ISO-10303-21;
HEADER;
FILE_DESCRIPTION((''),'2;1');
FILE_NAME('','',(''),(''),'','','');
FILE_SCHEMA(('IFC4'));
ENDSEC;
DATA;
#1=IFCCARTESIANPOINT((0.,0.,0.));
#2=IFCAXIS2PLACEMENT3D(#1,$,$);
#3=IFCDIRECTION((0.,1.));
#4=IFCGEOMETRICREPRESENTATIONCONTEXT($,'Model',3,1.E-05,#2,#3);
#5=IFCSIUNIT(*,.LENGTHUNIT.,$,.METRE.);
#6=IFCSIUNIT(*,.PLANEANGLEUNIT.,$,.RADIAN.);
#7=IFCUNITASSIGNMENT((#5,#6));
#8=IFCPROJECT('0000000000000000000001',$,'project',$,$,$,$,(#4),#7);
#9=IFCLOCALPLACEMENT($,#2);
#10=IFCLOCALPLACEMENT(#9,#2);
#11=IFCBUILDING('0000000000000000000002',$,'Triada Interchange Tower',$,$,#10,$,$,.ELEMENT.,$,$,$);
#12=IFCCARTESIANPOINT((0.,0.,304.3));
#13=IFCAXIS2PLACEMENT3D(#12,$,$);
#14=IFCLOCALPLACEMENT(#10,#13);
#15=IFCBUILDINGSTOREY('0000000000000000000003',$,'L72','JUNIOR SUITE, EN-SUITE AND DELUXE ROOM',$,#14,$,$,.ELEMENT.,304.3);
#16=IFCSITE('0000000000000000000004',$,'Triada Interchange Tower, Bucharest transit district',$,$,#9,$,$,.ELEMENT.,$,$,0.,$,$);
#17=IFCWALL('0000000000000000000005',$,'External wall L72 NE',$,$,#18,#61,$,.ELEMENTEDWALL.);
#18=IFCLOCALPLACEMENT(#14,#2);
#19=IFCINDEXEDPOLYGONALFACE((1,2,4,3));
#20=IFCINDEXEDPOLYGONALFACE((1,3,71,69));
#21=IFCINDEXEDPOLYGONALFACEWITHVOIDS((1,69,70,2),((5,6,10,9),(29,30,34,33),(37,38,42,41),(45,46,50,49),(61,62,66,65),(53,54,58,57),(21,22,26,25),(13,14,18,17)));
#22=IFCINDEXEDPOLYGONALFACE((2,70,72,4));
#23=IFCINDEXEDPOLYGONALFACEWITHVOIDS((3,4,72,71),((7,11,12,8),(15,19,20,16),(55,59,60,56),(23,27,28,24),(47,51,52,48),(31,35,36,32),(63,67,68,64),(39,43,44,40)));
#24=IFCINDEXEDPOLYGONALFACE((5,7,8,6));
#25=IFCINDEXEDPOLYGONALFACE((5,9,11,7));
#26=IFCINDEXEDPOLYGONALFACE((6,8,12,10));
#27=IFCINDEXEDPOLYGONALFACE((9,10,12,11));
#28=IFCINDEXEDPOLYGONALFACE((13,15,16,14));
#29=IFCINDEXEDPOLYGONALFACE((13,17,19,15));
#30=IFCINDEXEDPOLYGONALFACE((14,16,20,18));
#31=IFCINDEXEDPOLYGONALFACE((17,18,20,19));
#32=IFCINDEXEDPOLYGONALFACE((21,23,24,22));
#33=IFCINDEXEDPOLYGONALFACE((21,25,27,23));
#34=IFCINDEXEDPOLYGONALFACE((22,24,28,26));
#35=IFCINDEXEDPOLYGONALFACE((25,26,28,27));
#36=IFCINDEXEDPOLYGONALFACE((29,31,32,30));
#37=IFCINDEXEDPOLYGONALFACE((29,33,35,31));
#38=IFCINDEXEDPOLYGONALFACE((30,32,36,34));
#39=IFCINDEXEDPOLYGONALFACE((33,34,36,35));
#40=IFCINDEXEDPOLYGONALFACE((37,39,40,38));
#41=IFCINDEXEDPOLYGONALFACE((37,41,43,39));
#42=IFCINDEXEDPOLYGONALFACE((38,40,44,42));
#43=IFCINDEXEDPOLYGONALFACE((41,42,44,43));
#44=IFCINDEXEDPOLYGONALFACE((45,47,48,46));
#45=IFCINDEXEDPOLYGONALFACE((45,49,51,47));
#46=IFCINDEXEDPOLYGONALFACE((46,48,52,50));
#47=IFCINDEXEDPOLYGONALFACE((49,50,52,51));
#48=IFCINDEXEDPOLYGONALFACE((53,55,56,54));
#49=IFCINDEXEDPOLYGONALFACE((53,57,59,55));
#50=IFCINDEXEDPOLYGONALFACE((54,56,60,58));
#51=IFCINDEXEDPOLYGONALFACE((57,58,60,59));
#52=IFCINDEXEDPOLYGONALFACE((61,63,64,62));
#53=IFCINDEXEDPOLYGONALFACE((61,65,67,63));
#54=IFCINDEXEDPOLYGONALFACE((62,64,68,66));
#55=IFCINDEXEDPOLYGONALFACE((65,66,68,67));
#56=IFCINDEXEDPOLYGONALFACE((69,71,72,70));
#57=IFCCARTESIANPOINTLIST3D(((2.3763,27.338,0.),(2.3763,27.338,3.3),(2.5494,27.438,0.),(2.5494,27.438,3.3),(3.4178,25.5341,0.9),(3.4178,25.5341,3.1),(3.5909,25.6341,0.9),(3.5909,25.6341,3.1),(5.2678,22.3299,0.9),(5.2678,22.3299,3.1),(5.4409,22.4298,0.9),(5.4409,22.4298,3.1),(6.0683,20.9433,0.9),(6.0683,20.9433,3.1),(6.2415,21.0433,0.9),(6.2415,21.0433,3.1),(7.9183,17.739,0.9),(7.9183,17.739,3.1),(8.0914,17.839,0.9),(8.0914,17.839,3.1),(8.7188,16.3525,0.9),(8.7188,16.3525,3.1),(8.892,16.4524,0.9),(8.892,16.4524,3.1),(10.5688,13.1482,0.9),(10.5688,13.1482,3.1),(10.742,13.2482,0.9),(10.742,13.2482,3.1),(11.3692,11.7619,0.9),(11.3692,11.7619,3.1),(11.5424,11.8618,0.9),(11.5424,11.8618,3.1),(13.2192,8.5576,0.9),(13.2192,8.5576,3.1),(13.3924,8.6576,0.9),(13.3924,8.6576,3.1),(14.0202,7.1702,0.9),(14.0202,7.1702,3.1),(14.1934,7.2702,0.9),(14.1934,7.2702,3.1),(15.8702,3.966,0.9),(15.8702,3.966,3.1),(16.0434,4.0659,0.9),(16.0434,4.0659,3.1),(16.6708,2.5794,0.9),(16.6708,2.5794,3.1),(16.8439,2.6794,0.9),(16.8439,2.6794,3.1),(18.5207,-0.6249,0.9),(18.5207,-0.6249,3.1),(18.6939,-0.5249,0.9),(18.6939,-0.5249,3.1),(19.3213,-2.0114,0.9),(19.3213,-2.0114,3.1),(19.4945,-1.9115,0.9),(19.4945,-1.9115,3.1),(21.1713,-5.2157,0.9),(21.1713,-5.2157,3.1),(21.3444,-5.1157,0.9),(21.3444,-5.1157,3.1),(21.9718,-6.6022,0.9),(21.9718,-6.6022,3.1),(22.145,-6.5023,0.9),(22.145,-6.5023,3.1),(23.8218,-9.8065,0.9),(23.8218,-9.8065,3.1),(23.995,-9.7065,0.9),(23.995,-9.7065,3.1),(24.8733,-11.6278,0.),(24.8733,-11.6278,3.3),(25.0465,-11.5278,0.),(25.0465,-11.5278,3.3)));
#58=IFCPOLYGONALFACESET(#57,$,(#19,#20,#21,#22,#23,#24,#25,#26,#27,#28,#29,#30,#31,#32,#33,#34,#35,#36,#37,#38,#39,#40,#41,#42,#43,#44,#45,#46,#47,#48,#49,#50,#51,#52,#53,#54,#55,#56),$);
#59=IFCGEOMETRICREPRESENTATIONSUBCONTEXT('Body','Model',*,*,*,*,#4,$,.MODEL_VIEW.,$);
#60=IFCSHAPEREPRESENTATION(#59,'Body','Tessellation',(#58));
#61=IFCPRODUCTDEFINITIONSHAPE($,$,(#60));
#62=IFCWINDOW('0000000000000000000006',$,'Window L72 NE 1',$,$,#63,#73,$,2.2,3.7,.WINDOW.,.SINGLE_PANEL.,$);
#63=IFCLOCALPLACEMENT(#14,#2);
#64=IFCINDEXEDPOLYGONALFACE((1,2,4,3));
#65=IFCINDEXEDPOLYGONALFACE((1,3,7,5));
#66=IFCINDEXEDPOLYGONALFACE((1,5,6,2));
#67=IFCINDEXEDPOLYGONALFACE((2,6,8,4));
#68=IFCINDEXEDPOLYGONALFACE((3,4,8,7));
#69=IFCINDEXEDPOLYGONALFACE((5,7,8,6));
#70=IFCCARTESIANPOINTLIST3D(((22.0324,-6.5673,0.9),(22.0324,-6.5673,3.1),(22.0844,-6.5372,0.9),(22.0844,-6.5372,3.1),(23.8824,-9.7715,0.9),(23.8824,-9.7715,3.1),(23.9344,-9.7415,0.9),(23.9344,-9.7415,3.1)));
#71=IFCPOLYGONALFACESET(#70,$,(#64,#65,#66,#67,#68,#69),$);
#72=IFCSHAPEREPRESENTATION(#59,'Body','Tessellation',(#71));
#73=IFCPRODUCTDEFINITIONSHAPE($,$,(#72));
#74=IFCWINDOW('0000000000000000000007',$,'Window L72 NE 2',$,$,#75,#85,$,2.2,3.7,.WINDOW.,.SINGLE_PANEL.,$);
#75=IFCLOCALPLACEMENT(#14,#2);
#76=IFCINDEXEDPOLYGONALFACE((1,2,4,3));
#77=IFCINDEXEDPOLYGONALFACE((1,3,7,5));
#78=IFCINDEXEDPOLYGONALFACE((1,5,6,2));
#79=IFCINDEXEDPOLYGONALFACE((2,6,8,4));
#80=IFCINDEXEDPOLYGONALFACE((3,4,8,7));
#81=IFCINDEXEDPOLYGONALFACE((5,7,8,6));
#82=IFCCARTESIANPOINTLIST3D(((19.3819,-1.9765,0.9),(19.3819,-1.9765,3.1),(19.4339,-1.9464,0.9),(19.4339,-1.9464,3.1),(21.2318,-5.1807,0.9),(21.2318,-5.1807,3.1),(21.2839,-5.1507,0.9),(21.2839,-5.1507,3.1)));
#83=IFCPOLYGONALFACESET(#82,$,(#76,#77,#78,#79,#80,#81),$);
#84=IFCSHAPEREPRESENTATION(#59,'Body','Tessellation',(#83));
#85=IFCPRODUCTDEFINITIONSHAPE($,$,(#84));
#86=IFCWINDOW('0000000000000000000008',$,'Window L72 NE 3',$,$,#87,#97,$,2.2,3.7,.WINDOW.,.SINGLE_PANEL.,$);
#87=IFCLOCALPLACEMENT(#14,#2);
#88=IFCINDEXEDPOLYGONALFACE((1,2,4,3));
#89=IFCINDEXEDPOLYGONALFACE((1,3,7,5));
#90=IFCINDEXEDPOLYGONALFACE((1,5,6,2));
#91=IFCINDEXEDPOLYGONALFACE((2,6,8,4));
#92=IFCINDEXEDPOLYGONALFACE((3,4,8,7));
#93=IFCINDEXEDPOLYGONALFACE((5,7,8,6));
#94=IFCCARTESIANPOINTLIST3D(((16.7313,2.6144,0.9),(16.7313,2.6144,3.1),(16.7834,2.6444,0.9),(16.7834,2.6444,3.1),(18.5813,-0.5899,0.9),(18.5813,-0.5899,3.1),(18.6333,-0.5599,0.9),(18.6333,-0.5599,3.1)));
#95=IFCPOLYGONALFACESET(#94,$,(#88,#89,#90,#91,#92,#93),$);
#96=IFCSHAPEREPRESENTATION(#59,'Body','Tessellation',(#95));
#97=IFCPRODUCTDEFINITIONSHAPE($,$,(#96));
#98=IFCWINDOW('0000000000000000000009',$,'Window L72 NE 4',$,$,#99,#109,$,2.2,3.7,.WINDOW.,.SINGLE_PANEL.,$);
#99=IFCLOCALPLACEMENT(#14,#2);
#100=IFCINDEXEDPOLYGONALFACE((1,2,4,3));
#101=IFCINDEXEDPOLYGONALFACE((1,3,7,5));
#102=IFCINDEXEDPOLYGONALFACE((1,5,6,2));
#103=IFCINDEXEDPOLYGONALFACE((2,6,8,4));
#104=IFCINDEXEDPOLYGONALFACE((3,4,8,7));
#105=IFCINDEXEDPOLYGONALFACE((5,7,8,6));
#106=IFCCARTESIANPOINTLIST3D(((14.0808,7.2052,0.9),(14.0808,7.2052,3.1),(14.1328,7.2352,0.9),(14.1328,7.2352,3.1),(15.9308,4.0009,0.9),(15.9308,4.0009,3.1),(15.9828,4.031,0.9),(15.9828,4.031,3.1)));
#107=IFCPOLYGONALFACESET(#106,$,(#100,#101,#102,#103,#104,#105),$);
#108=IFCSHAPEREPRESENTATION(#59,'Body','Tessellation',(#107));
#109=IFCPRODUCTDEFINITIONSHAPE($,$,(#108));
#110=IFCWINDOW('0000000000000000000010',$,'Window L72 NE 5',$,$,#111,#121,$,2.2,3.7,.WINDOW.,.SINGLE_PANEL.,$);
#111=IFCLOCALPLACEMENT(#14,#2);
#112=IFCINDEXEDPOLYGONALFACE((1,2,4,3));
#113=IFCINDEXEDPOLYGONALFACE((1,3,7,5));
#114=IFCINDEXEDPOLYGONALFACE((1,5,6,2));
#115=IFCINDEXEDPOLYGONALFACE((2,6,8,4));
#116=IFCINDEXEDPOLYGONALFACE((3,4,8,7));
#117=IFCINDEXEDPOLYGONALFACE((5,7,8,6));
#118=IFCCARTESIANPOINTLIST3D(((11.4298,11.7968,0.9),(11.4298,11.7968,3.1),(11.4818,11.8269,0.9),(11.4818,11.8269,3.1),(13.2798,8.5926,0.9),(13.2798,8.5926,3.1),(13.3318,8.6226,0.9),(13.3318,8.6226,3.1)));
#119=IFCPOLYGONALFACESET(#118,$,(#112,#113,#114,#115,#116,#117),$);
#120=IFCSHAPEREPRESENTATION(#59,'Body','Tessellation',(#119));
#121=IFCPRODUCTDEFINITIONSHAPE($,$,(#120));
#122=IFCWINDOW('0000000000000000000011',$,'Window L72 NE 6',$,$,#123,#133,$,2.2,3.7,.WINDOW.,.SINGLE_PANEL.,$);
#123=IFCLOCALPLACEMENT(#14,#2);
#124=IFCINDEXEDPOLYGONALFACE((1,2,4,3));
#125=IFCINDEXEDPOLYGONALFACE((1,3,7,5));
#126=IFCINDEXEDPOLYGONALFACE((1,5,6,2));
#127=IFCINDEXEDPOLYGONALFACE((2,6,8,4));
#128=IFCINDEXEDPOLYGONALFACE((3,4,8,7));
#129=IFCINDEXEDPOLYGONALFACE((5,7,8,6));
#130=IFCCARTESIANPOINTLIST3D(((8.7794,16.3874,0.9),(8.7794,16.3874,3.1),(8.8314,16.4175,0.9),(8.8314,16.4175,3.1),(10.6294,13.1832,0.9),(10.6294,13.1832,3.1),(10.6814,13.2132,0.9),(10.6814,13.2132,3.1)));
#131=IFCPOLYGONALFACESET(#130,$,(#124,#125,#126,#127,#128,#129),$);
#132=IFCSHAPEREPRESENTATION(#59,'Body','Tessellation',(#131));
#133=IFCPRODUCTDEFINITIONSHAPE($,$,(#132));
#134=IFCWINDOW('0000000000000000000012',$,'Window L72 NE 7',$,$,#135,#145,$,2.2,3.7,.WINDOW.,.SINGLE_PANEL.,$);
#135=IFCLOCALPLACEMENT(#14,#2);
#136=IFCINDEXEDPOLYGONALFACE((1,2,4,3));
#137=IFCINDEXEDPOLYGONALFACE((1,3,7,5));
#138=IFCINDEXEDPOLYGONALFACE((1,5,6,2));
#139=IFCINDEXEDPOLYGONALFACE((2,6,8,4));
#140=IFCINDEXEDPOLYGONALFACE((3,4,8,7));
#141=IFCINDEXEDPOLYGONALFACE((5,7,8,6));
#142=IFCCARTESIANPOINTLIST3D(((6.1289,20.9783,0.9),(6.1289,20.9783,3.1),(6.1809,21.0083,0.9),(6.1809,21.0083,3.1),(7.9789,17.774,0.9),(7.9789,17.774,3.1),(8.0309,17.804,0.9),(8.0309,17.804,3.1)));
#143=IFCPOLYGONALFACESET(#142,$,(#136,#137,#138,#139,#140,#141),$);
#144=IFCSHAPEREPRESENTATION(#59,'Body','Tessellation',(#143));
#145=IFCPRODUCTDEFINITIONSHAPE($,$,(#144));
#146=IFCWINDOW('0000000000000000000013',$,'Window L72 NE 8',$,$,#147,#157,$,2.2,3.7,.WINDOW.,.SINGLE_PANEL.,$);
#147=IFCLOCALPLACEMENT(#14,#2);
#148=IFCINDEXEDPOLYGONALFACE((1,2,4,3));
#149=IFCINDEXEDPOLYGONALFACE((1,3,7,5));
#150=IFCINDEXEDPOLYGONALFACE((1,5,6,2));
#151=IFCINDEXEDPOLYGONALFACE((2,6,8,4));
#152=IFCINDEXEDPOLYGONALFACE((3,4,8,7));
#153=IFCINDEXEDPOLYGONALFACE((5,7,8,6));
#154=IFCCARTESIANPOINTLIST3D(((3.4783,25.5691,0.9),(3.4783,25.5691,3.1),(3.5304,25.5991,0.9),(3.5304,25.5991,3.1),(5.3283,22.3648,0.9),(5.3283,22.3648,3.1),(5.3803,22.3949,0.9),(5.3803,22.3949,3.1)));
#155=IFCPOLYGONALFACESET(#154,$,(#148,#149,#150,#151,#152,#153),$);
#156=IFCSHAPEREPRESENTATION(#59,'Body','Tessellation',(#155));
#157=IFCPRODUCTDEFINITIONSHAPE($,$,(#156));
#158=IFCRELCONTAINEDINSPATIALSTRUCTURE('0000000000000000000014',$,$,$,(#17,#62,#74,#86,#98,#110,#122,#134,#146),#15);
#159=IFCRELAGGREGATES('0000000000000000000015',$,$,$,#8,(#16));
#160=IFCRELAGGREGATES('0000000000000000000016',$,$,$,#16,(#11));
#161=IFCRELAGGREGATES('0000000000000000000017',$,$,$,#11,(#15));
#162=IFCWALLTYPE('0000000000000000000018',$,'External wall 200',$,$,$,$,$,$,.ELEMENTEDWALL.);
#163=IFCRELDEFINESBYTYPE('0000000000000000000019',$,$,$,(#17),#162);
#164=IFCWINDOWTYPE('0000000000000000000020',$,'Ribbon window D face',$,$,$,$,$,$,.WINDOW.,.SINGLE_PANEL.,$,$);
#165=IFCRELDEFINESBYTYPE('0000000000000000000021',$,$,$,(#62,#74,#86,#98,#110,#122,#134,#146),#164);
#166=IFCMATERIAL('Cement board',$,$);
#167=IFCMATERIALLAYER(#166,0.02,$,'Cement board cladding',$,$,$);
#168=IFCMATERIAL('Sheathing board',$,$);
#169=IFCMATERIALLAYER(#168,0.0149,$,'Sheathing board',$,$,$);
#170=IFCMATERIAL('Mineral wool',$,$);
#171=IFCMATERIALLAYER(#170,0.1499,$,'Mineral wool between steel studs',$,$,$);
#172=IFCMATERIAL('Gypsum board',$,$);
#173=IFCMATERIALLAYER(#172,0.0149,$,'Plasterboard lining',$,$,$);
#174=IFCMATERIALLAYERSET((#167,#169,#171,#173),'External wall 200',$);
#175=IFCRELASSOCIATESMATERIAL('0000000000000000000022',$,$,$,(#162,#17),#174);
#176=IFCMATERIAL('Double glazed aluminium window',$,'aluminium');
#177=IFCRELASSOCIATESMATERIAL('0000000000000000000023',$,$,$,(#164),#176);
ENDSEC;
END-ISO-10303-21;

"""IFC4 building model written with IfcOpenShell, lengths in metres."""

from ifc_helpers import new_model, si_unit, direction, frame, frame_2d, origin, place, context, subcontext, project, spatial, rectangle, extrude, material, layer, layer_set, layer_usage, type_object, element, fill, save


model = new_model("IFC4")

# Units and contexts
model_context = context("Model", 3, precision=1e-05, world=origin(), true_north=direction((0.0, 1.0)))
body_context = subcontext(model_context, "Body", "Model", "MODEL_VIEW")
ifc_project = project(units=[si_unit("LENGTHUNIT", "METRE"), si_unit("PLANEANGLEUNIT", "RADIAN")], contexts=[model_context])

# Site, building, storey
site_placement = place(None, origin())
site = spatial("IfcSite", under=ifc_project, at=site_placement, Name="Triada Interchange Tower, Bucharest transit district", CompositionType="ELEMENT", RefElevation=0.0)
building_placement = place(site_placement, origin())
building = spatial("IfcBuilding", under=site, at=building_placement, Name="Triada Interchange Tower", CompositionType="ELEMENT")
storey_placement = place(building_placement, frame((0.0, 0.0, 304.3)))
storey = spatial("IfcBuildingStorey", under=building, at=storey_placement, Name="L72", Description="JUNIOR SUITE, EN-SUITE AND DELUXE ROOM", CompositionType="ELEMENT", Elevation=304.3)

# Shared definitions
ifc_material_1 = material(Name="Cement board")
ifc_layer_1 = layer(ifc_material_1, 0.02, Name="Cement board cladding")
ifc_material_2 = material(Name="Sheathing board")
ifc_layer_2 = layer(ifc_material_2, 0.0149, Name="Sheathing board")
ifc_material_3 = material(Name="Mineral wool")
ifc_layer_3 = layer(ifc_material_3, 0.1499, Name="Mineral wool between steel studs")
ifc_material_4 = material(Name="Gypsum board")
ifc_layer_4 = layer(ifc_material_4, 0.0149, Name="Plasterboard lining")
ifc_layer_set_1 = layer_set([ifc_layer_1, ifc_layer_2, ifc_layer_3, ifc_layer_4], Name="External wall 200")
ifc_layer_usage = layer_usage(ifc_layer_set_1, "AXIS2", "POSITIVE", -0.1001)
wall_type = type_object("IfcWallType", Name="External wall 200", PredefinedType="ELEMENTEDWALL", material=ifc_layer_set_1)
ifc_material_5 = material(Name="Double glazed aluminium window", Category="aluminium")

# Wall, openings, windows
wall_1_placement = place(storey_placement, frame((24.96, -11.5779, 0.0), z_axis=(0.0, 0.0, 1.0), x_axis=(-0.500002, 0.866024, 0.0)))
wall_1 = element("IfcWall", 1, at=wall_1_placement, inside=storey, type_object=wall_type, material=ifc_layer_usage, Name="External wall L72 NE", PredefinedType="ELEMENTEDWALL", context=body_context, shape_type="SweptSolid", body=[
    extrude(rectangle(XDim=44.9939, YDim=0.2, at=frame_2d((22.4971, 0.0))), origin(), (0.0, 0.0, 1.0), 3.3),
])
opening_1_placement = place(wall_1_placement, frame((2.103, 0.0, 0.8999)))
opening_1 = element("IfcOpeningElement", 2, at=opening_1_placement, cuts=wall_1, PredefinedType="OPENING", context=body_context, shape_type="SweptSolid", body=[
    extrude(rectangle(XDim=3.7, YDim=2.2, at=frame_2d((1.8501, 1.1001))), frame((0.0, 0.1099, 0.0), z_axis=(0.0, -1.0, 0.0), x_axis=(1.0, 0.0, 0.0)), (0.0, 0.0, 1.0), 0.22),
])
opening_2_placement = place(wall_1_placement, frame((7.4041, 0.0, 0.8999)))
opening_2 = element("IfcOpeningElement", 3, at=opening_2_placement, cuts=wall_1, PredefinedType="OPENING", context=body_context, shape_type="SweptSolid", body=[
    extrude(rectangle(XDim=3.7, YDim=2.2, at=frame_2d((1.8501, 1.1001))), frame((0.0, 0.1099, 0.0), z_axis=(0.0, -1.0, 0.0), x_axis=(1.0, 0.0, 0.0)), (0.0, 0.0, 1.0), 0.22),
])
opening_3_placement = place(wall_1_placement, frame((12.7051, 0.0, 0.8999)))
opening_3 = element("IfcOpeningElement", 4, at=opening_3_placement, cuts=wall_1, PredefinedType="OPENING", context=body_context, shape_type="SweptSolid", body=[
    extrude(rectangle(XDim=3.7, YDim=2.2, at=frame_2d((1.8501, 1.1001))), frame((0.0, 0.1099, 0.0), z_axis=(0.0, -1.0, 0.0), x_axis=(1.0, 0.0, 0.0)), (0.0, 0.0, 1.0), 0.22),
])
opening_4_placement = place(wall_1_placement, frame((18.0061, 0.0, 0.8999)))
opening_4 = element("IfcOpeningElement", 5, at=opening_4_placement, cuts=wall_1, PredefinedType="OPENING", context=body_context, shape_type="SweptSolid", body=[
    extrude(rectangle(XDim=3.7, YDim=2.2, at=frame_2d((1.8501, 1.1001))), frame((0.0, 0.1099, 0.0), z_axis=(0.0, -1.0, 0.0), x_axis=(1.0, 0.0, 0.0)), (0.0, 0.0, 1.0), 0.22),
])
opening_5_placement = place(wall_1_placement, frame((23.3081, 0.0, 0.8999)))
opening_5 = element("IfcOpeningElement", 6, at=opening_5_placement, cuts=wall_1, PredefinedType="OPENING", context=body_context, shape_type="SweptSolid", body=[
    extrude(rectangle(XDim=3.7, YDim=2.2, at=frame_2d((1.8501, 1.1001))), frame((0.0, 0.1099, 0.0), z_axis=(0.0, -1.0, 0.0), x_axis=(1.0, 0.0, 0.0)), (0.0, 0.0, 1.0), 0.22),
])
opening_6_placement = place(wall_1_placement, frame((28.6089, 0.0, 0.8999)))
opening_6 = element("IfcOpeningElement", 7, at=opening_6_placement, cuts=wall_1, PredefinedType="OPENING", context=body_context, shape_type="SweptSolid", body=[
    extrude(rectangle(XDim=3.7, YDim=2.2, at=frame_2d((1.8501, 1.1001))), frame((0.0, 0.1099, 0.0), z_axis=(0.0, -1.0, 0.0), x_axis=(1.0, 0.0, 0.0)), (0.0, 0.0, 1.0), 0.22),
])
opening_7_placement = place(wall_1_placement, frame((33.9099, 0.0, 0.8999)))
opening_7 = element("IfcOpeningElement", 8, at=opening_7_placement, cuts=wall_1, PredefinedType="OPENING", context=body_context, shape_type="SweptSolid", body=[
    extrude(rectangle(XDim=3.7, YDim=2.2, at=frame_2d((1.8501, 1.1001))), frame((0.0, 0.1099, 0.0), z_axis=(0.0, -1.0, 0.0), x_axis=(1.0, 0.0, 0.0)), (0.0, 0.0, 1.0), 0.22),
])
opening_8_placement = place(wall_1_placement, frame((39.2109, 0.0, 0.8999)))
opening_8 = element("IfcOpeningElement", 9, at=opening_8_placement, cuts=wall_1, PredefinedType="OPENING", context=body_context, shape_type="SweptSolid", body=[
    extrude(rectangle(XDim=3.7, YDim=2.2, at=frame_2d((1.8501, 1.1001))), frame((0.0, 0.1099, 0.0), z_axis=(0.0, -1.0, 0.0), x_axis=(1.0, 0.0, 0.0)), (0.0, 0.0, 1.0), 0.22),
])
window_type_1 = type_object("IfcWindowType", Name="Ribbon window D face", PartitioningType="SINGLE_PANEL", PredefinedType="WINDOW", material=ifc_material_5)
window_1_placement = place(opening_1_placement, origin())
window_1 = element("IfcWindow", 10, at=window_1_placement, inside=storey, type_object=window_type_1, Name="Window L72 NE 1", OverallHeight=2.2, OverallWidth=3.7, PartitioningType="SINGLE_PANEL", PredefinedType="WINDOW", context=body_context, shape_type="SweptSolid", body=[
    extrude(rectangle(XDim=3.7, YDim=2.2, at=frame_2d((1.8501, 1.1001))), frame((0.0, 0.03, 0.0), z_axis=(0.0, -1.0, 0.0), x_axis=(1.0, 0.0, 0.0)), (0.0, 0.0, 1.0), 0.0601),
])
fill(opening_1, window_1)
window_2_placement = place(opening_2_placement, origin())
window_2 = element("IfcWindow", 11, at=window_2_placement, inside=storey, type_object=window_type_1, Name="Window L72 NE 2", OverallHeight=2.2, OverallWidth=3.7, PartitioningType="SINGLE_PANEL", PredefinedType="WINDOW", context=body_context, shape_type="SweptSolid", body=[
    extrude(rectangle(XDim=3.7, YDim=2.2, at=frame_2d((1.8501, 1.1001))), frame((0.0, 0.03, 0.0), z_axis=(0.0, -1.0, 0.0), x_axis=(1.0, 0.0, 0.0)), (0.0, 0.0, 1.0), 0.0601),
])
fill(opening_2, window_2)
window_3_placement = place(opening_3_placement, origin())
window_3 = element("IfcWindow", 12, at=window_3_placement, inside=storey, type_object=window_type_1, Name="Window L72 NE 3", OverallHeight=2.2, OverallWidth=3.7, PartitioningType="SINGLE_PANEL", PredefinedType="WINDOW", context=body_context, shape_type="SweptSolid", body=[
    extrude(rectangle(XDim=3.7, YDim=2.2, at=frame_2d((1.8501, 1.1001))), frame((0.0, 0.03, 0.0), z_axis=(0.0, -1.0, 0.0), x_axis=(1.0, 0.0, 0.0)), (0.0, 0.0, 1.0), 0.0601),
])
fill(opening_3, window_3)
window_4_placement = place(opening_4_placement, origin())
window_4 = element("IfcWindow", 13, at=window_4_placement, inside=storey, type_object=window_type_1, Name="Window L72 NE 4", OverallHeight=2.2, OverallWidth=3.7, PartitioningType="SINGLE_PANEL", PredefinedType="WINDOW", context=body_context, shape_type="SweptSolid", body=[
    extrude(rectangle(XDim=3.7, YDim=2.2, at=frame_2d((1.8501, 1.1001))), frame((0.0, 0.03, 0.0), z_axis=(0.0, -1.0, 0.0), x_axis=(1.0, 0.0, 0.0)), (0.0, 0.0, 1.0), 0.0601),
])
fill(opening_4, window_4)
window_5_placement = place(opening_5_placement, origin())
window_5 = element("IfcWindow", 14, at=window_5_placement, inside=storey, type_object=window_type_1, Name="Window L72 NE 5", OverallHeight=2.2, OverallWidth=3.7, PartitioningType="SINGLE_PANEL", PredefinedType="WINDOW", context=body_context, shape_type="SweptSolid", body=[
    extrude(rectangle(XDim=3.7, YDim=2.2, at=frame_2d((1.8501, 1.1001))), frame((0.0, 0.03, 0.0), z_axis=(0.0, -1.0, 0.0), x_axis=(1.0, 0.0, 0.0)), (0.0, 0.0, 1.0), 0.0601),
])
fill(opening_5, window_5)
window_6_placement = place(opening_6_placement, origin())
window_6 = element("IfcWindow", 15, at=window_6_placement, inside=storey, type_object=window_type_1, Name="Window L72 NE 6", OverallHeight=2.2, OverallWidth=3.7, PartitioningType="SINGLE_PANEL", PredefinedType="WINDOW", context=body_context, shape_type="SweptSolid", body=[
    extrude(rectangle(XDim=3.7, YDim=2.2, at=frame_2d((1.8501, 1.1001))), frame((0.0, 0.03, 0.0), z_axis=(0.0, -1.0, 0.0), x_axis=(1.0, 0.0, 0.0)), (0.0, 0.0, 1.0), 0.0601),
])
fill(opening_6, window_6)
window_7_placement = place(opening_7_placement, origin())
window_7 = element("IfcWindow", 16, at=window_7_placement, inside=storey, type_object=window_type_1, Name="Window L72 NE 7", OverallHeight=2.2, OverallWidth=3.7, PartitioningType="SINGLE_PANEL", PredefinedType="WINDOW", context=body_context, shape_type="SweptSolid", body=[
    extrude(rectangle(XDim=3.7, YDim=2.2, at=frame_2d((1.8501, 1.1001))), frame((0.0, 0.03, 0.0), z_axis=(0.0, -1.0, 0.0), x_axis=(1.0, 0.0, 0.0)), (0.0, 0.0, 1.0), 0.0601),
])
fill(opening_7, window_7)
window_8_placement = place(opening_8_placement, origin())
window_8 = element("IfcWindow", 17, at=window_8_placement, inside=storey, type_object=window_type_1, Name="Window L72 NE 8", OverallHeight=2.2, OverallWidth=3.7, PartitioningType="SINGLE_PANEL", PredefinedType="WINDOW", context=body_context, shape_type="SweptSolid", body=[
    extrude(rectangle(XDim=3.7, YDim=2.2, at=frame_2d((1.8501, 1.1001))), frame((0.0, 0.03, 0.0), z_axis=(0.0, -1.0, 0.0), x_axis=(1.0, 0.0, 0.0)), (0.0, 0.0, 1.0), 0.0601),
])
fill(opening_8, window_8)

save(model, "model.ifc")
